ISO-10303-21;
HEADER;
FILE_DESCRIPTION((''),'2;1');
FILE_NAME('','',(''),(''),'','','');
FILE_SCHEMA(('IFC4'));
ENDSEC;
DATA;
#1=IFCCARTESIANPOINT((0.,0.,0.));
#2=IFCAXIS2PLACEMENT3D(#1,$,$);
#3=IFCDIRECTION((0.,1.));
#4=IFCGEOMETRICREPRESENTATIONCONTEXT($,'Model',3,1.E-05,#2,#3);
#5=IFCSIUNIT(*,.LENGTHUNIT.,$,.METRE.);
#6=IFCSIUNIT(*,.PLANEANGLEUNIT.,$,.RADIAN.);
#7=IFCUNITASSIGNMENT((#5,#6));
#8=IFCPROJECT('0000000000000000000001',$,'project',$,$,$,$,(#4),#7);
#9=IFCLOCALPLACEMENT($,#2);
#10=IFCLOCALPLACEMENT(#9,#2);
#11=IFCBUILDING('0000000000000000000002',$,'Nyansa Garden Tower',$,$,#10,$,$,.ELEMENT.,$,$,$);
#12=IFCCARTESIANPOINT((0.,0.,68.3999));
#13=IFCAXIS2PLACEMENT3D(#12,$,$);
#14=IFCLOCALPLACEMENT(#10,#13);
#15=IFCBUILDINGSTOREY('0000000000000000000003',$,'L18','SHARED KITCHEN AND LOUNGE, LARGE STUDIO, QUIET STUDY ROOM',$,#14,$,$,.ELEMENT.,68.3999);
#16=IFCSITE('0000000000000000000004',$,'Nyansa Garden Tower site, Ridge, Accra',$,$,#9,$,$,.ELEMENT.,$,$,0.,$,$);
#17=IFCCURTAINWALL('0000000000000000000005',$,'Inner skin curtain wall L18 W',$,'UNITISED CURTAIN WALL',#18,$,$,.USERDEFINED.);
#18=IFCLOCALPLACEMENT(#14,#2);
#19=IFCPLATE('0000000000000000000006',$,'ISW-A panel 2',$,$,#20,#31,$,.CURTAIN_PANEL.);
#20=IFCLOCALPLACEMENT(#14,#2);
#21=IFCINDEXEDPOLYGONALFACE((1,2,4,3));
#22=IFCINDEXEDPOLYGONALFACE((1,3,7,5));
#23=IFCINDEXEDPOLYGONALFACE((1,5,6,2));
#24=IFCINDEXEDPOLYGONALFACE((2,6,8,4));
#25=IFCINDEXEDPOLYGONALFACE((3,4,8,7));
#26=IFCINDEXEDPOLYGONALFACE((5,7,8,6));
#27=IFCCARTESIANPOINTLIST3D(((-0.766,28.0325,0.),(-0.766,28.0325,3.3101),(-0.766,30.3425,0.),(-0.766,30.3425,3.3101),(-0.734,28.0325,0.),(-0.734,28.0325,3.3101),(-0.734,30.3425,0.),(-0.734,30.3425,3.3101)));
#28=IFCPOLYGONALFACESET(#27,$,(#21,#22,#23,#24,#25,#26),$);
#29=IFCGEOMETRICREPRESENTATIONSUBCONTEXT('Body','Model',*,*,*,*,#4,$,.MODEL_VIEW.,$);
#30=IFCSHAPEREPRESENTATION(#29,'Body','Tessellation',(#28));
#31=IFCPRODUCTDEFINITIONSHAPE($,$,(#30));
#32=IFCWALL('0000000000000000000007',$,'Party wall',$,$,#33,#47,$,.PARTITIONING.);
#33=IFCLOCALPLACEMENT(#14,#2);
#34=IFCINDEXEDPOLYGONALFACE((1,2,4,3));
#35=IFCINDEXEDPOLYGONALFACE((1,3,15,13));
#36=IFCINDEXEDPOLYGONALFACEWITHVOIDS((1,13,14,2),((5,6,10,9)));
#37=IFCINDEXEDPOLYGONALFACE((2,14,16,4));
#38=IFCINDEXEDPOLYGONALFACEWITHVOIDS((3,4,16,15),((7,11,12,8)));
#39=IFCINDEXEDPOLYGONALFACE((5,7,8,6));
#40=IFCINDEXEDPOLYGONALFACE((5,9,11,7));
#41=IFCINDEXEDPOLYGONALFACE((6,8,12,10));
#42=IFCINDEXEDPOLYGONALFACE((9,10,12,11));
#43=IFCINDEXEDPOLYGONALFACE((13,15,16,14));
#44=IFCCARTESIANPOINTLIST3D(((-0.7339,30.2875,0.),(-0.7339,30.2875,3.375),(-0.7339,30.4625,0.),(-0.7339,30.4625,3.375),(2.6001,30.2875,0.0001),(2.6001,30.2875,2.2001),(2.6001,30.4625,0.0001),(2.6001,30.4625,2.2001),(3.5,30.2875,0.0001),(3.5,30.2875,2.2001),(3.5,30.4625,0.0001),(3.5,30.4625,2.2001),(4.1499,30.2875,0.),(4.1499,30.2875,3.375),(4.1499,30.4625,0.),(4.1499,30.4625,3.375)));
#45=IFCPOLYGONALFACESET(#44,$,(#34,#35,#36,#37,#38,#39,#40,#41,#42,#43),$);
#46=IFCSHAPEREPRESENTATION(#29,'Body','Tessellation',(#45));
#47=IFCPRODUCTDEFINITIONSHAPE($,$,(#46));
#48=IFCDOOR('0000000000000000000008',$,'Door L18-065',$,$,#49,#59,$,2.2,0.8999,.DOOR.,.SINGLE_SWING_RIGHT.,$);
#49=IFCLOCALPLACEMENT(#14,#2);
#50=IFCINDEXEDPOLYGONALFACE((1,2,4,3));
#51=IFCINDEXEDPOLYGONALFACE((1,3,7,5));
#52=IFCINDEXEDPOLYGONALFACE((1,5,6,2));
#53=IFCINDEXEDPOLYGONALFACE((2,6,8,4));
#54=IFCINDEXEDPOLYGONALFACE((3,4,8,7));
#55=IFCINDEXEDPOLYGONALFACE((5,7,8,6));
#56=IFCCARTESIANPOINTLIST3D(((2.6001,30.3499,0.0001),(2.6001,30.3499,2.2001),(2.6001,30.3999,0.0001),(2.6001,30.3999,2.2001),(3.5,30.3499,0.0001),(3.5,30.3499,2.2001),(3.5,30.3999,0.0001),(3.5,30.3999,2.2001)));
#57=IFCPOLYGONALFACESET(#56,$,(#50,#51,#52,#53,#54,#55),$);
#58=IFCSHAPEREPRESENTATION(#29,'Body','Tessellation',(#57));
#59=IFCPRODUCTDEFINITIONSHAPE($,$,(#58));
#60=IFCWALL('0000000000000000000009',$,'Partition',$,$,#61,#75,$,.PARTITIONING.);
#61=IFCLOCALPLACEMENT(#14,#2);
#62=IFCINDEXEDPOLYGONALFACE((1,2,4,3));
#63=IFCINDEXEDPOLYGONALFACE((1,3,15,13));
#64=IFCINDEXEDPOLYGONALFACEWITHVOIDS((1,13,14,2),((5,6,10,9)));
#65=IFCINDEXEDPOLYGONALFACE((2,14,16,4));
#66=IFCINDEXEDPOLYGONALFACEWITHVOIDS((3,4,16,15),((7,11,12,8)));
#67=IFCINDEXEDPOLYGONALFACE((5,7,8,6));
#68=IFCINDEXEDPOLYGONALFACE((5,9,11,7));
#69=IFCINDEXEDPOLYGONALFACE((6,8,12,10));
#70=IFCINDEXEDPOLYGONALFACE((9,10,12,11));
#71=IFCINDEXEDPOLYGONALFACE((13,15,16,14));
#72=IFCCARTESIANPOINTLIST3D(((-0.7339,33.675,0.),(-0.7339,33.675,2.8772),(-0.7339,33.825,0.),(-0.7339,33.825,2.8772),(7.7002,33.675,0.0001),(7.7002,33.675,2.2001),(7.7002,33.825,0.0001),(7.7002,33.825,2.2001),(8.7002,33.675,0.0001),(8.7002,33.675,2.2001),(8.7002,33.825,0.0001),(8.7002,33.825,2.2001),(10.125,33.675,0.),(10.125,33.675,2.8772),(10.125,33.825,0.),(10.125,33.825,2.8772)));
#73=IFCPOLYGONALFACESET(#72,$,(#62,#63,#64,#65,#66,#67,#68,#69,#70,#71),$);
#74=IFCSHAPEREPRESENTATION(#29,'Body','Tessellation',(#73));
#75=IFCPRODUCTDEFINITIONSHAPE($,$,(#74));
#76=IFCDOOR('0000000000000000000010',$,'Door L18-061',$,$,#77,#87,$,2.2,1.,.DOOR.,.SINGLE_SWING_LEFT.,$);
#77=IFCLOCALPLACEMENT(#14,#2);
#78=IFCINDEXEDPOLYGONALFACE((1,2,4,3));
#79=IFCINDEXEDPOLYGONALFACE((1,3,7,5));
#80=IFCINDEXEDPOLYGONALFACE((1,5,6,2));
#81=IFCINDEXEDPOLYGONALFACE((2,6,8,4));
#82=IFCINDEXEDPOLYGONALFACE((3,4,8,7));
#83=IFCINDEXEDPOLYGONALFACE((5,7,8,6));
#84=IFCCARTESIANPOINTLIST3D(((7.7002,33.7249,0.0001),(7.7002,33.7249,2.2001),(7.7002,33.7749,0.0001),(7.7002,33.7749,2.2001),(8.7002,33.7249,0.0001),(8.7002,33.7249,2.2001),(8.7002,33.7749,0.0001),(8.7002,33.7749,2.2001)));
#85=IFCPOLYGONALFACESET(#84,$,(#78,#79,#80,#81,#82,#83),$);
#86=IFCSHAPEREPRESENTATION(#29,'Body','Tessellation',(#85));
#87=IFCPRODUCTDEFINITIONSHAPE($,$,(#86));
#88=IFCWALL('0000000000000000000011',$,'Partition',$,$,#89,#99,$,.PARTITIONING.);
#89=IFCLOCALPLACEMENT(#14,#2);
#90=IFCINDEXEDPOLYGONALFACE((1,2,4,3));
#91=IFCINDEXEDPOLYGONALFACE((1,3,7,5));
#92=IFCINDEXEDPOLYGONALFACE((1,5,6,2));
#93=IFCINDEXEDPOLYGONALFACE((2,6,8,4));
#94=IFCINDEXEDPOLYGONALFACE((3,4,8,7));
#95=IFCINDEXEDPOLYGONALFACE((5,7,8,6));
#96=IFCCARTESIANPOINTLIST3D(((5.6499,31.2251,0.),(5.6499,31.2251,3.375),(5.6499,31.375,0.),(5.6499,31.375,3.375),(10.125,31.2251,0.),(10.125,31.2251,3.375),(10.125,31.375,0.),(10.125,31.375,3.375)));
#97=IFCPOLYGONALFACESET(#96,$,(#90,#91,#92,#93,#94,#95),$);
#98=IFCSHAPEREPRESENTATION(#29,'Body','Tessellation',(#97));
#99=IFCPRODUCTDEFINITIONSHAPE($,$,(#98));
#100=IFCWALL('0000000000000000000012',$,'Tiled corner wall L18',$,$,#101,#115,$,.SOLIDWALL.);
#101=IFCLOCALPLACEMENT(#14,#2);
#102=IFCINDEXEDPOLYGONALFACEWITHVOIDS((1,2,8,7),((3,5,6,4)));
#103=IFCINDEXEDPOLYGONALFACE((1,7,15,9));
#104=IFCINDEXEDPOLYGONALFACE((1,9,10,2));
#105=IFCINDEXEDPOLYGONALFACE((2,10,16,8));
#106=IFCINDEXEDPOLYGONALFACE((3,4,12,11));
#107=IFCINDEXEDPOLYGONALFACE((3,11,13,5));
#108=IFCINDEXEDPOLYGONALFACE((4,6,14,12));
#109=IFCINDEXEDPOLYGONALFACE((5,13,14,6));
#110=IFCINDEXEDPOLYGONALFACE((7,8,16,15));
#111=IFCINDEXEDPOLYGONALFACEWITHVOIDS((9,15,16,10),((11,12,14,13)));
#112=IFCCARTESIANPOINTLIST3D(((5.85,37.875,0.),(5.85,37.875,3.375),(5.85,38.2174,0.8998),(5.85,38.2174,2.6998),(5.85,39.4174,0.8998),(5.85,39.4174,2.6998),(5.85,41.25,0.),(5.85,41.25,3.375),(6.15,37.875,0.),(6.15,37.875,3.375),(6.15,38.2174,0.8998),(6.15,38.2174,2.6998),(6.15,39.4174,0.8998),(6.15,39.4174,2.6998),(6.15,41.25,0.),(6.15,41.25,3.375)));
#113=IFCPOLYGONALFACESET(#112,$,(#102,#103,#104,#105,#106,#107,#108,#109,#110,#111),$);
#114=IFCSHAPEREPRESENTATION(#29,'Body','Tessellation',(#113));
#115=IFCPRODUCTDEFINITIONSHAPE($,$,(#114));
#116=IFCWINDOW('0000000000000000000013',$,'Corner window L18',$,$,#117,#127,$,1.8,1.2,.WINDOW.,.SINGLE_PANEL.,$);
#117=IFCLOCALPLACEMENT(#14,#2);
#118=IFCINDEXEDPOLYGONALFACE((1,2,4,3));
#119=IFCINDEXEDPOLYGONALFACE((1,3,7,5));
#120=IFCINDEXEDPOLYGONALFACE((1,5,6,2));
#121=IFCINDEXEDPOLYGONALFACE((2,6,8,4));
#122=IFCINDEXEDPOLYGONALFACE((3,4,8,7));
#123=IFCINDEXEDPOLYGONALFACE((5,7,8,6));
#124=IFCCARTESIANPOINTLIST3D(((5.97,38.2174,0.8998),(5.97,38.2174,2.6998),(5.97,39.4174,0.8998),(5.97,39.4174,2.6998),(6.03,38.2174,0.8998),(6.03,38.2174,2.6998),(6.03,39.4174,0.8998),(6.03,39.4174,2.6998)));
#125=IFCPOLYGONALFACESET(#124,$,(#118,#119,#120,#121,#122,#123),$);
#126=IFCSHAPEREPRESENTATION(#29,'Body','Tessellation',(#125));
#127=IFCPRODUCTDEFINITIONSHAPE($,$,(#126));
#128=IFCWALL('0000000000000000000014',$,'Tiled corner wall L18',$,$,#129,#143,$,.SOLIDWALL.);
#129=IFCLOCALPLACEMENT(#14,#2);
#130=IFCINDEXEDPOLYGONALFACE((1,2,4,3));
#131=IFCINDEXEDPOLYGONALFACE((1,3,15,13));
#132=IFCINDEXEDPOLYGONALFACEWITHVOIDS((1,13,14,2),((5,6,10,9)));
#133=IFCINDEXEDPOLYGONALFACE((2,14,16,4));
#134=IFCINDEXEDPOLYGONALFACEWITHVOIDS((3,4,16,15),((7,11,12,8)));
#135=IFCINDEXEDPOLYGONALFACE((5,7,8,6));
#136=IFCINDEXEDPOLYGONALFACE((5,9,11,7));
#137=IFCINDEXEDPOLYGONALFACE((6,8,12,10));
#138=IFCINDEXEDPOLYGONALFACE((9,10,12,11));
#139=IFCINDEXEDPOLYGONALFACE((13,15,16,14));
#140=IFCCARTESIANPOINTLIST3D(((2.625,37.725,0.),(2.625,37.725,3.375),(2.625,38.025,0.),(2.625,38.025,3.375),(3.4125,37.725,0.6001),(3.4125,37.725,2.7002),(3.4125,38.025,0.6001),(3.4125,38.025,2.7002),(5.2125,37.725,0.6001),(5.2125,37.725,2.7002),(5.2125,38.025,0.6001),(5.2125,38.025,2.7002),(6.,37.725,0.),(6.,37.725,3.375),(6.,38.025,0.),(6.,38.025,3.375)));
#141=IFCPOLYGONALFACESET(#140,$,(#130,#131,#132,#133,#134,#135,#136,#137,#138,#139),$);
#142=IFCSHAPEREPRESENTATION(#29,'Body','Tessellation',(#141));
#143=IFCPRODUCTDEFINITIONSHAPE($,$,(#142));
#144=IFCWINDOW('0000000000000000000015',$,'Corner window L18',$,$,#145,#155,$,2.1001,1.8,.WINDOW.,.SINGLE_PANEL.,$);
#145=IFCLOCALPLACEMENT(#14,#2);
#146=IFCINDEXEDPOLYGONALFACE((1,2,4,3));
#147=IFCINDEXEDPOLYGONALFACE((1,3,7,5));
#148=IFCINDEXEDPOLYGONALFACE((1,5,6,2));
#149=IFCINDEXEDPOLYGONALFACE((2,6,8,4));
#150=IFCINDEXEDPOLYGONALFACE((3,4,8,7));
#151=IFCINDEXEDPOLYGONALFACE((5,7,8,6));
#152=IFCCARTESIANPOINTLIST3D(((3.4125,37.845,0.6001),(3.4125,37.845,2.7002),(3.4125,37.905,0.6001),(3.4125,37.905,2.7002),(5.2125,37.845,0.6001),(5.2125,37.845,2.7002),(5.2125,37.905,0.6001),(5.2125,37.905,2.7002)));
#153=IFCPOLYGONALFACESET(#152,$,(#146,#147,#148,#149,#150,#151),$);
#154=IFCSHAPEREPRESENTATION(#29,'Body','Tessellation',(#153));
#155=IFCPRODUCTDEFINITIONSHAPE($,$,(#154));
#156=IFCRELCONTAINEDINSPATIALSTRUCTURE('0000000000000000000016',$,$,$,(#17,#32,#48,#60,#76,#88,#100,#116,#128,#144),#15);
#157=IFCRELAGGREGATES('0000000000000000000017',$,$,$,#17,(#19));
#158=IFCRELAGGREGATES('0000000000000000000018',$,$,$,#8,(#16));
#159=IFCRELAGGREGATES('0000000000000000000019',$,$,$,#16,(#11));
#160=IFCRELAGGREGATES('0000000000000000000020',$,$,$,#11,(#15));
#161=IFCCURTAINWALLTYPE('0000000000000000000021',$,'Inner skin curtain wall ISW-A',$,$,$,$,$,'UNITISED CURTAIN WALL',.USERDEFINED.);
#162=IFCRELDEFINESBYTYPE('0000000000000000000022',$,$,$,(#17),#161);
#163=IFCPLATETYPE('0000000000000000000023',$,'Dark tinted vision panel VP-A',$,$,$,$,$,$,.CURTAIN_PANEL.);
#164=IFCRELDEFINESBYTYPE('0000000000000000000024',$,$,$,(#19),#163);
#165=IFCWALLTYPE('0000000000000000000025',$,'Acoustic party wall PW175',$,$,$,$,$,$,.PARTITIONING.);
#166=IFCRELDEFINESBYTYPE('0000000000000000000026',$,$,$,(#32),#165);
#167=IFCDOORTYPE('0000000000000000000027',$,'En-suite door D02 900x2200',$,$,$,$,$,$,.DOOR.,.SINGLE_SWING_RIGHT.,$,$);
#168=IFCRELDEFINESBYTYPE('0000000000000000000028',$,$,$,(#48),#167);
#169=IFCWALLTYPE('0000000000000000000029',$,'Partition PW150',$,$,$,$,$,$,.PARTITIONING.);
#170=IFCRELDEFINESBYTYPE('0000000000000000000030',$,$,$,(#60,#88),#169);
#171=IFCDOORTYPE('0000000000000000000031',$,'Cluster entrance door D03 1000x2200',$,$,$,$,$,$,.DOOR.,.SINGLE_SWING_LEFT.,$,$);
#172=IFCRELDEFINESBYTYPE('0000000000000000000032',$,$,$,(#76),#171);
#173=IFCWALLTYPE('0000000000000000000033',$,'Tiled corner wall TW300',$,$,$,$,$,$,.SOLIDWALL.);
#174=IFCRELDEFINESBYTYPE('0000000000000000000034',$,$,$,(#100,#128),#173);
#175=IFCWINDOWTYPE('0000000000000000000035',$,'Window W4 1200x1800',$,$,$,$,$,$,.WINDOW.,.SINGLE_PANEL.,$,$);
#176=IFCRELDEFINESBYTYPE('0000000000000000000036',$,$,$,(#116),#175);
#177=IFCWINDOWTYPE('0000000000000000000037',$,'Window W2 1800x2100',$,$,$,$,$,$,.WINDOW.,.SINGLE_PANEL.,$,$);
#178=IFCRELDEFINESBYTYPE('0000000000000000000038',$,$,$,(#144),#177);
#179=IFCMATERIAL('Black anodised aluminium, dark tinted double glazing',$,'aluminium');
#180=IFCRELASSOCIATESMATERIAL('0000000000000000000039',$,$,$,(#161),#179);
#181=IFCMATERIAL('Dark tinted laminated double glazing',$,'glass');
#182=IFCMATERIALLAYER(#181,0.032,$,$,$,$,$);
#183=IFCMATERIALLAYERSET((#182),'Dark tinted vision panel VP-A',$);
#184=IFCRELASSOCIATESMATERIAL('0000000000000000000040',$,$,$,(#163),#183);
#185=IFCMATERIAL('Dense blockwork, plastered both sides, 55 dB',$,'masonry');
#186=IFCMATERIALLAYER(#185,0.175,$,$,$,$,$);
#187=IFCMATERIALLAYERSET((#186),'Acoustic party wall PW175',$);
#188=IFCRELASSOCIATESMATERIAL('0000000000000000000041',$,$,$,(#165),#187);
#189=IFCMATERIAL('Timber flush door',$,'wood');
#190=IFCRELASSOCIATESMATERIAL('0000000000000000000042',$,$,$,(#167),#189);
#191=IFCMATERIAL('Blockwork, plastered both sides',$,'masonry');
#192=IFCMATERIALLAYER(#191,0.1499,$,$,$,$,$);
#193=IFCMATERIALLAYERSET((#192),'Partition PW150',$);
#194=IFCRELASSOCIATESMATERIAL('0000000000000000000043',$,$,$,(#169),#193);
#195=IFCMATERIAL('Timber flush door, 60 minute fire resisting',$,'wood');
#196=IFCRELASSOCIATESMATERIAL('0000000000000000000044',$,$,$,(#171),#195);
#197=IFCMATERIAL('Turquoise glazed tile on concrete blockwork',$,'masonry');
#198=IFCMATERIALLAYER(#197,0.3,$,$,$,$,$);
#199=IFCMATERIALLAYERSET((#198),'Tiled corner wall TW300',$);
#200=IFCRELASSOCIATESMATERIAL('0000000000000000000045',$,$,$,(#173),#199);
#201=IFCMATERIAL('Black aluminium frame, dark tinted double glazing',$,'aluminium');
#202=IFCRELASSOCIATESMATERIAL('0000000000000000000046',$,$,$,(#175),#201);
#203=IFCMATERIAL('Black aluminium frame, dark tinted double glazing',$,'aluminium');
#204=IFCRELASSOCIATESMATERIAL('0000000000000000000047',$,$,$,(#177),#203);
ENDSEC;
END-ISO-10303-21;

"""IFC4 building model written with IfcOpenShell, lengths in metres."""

from ifc_helpers import new_model, si_unit, direction, frame, frame_2d, origin, origin_2d, place, context, subcontext, project, spatial, rectangle, extrude, material, layer, layer_set, type_object, element, fill, aggregate, save


model = new_model("IFC4")

# Units and contexts
model_context = context("Model", 3, precision=1e-05, world=origin(), true_north=direction((0.0, 1.0)))
body_context = subcontext(model_context, "Body", "Model", "MODEL_VIEW")
ifc_project = project(units=[si_unit("LENGTHUNIT", "METRE"), si_unit("PLANEANGLEUNIT", "RADIAN")], contexts=[model_context])

# Site, building, storey
site_placement = place(None, origin())
site = spatial("IfcSite", under=ifc_project, at=site_placement, Name="Nyansa Garden Tower site, Ridge, Accra", CompositionType="ELEMENT", RefElevation=0.0)
building_placement = place(site_placement, origin())
building = spatial("IfcBuilding", under=site, at=building_placement, Name="Nyansa Garden Tower", CompositionType="ELEMENT")
storey_placement = place(building_placement, frame((0.0, 0.0, 68.3999)))
storey = spatial("IfcBuildingStorey", under=building, at=storey_placement, Name="L18", Description="SHARED KITCHEN AND LOUNGE, LARGE STUDIO, QUIET STUDY ROOM", CompositionType="ELEMENT", Elevation=68.3999)

# Curtain wall
ifc_material_1 = material(Name="Black anodised aluminium, dark tinted double glazing", Category="aluminium")
curtain_wall_type = type_object("IfcCurtainWallType", Name="Inner skin curtain wall ISW-A", ElementType="UNITISED CURTAIN WALL", PredefinedType="USERDEFINED", material=ifc_material_1)
curtain_wall_placement = place(storey_placement, origin())
curtain_wall = element("IfcCurtainWall", 1, at=curtain_wall_placement, inside=storey, type_object=curtain_wall_type, Name="Inner skin curtain wall L18 W", ObjectType="UNITISED CURTAIN WALL", PredefinedType="USERDEFINED")

# Plate
ifc_material_2 = material(Name="Dark tinted laminated double glazing", Category="glass")
ifc_layer_1 = layer(ifc_material_2, 0.032)
ifc_layer_set_1 = layer_set([ifc_layer_1], Name="Dark tinted vision panel VP-A")
plate_type = type_object("IfcPlateType", Name="Dark tinted vision panel VP-A", PredefinedType="CURTAIN_PANEL", material=ifc_layer_set_1)
plate_1_placement = place(storey_placement, frame((-0.75, 29.1875, 0.0), z_axis=(0.0, 0.0, 1.0), x_axis=(0.0, -1.0, 0.0)))
plate_1 = element("IfcPlate", 2, at=plate_1_placement, type_object=plate_type, Name="ISW-A panel 2", PredefinedType="CURTAIN_PANEL", context=body_context, shape_type="SweptSolid", body=[
    extrude(rectangle(XDim=2.3101, YDim=0.032, at=origin_2d()), origin(), (0.0, 0.0, 1.0), 3.3101),
])
aggregate(curtain_wall, [plate_1])

# Walls, openings, doors
ifc_material_3 = material(Name="Dense blockwork, plastered both sides, 55 dB", Category="masonry")
ifc_layer_2 = layer(ifc_material_3, 0.175)
ifc_layer_set_2 = layer_set([ifc_layer_2], Name="Acoustic party wall PW175")
wall_type_1 = type_object("IfcWallType", Name="Acoustic party wall PW175", PredefinedType="PARTITIONING", material=ifc_layer_set_2)
wall_1_placement = place(storey_placement, frame((-0.7339, 30.375, 0.0), z_axis=(0.0, 0.0, 1.0), x_axis=(1.0, 0.0, 0.0)))
wall_1 = element("IfcWall", 3, at=wall_1_placement, inside=storey, type_object=wall_type_1, Name="Party wall", PredefinedType="PARTITIONING", context=body_context, shape_type="SweptSolid", body=[
    extrude(rectangle(XDim=4.8838, YDim=0.175, at=frame_2d((2.4419, 0.0))), origin(), (0.0, 0.0, 1.0), 3.375),
])
opening_1_placement = place(wall_1_placement, frame((3.334, 0.0, 0.0)))
opening_1 = element("IfcOpeningElement", 4, at=opening_1_placement, cuts=wall_1, PredefinedType="OPENING", context=body_context, shape_type="SweptSolid", body=[
    extrude(rectangle(XDim=0.8999, YDim=2.2, at=frame_2d((0.45, 1.1001))), frame((0.0, 0.0974, 0.0), z_axis=(0.0, -1.0, 0.0), x_axis=(1.0, 0.0, 0.0)), (0.0, 0.0, 1.0), 0.1951),
])
ifc_material_4 = material(Name="Timber flush door", Category="wood")
door_type_1 = type_object("IfcDoorType", Name="En-suite door D02 900x2200", OperationType="SINGLE_SWING_RIGHT", PredefinedType="DOOR", material=ifc_material_4)
door_1_placement = place(opening_1_placement, origin())
door_1 = element("IfcDoor", 5, at=door_1_placement, inside=storey, type_object=door_type_1, Name="Door L18-065", OperationType="SINGLE_SWING_RIGHT", OverallHeight=2.2, OverallWidth=0.8999, PredefinedType="DOOR", context=body_context, shape_type="SweptSolid", body=[
    extrude(rectangle(XDim=0.8999, YDim=2.2, at=frame_2d((0.45, 1.1001))), frame((0.0, 0.0249, 0.0), z_axis=(0.0, -1.0, 0.0), x_axis=(1.0, 0.0, 0.0)), (0.0, 0.0, 1.0), 0.05),
])
fill(opening_1, door_1)
ifc_material_5 = material(Name="Blockwork, plastered both sides", Category="masonry")
ifc_layer_3 = layer(ifc_material_5, 0.1499)
ifc_layer_set_3 = layer_set([ifc_layer_3], Name="Partition PW150")
wall_type_2 = type_object("IfcWallType", Name="Partition PW150", PredefinedType="PARTITIONING", material=ifc_layer_set_3)
wall_2_placement = place(storey_placement, frame((-0.7339, 33.75, 0.0), z_axis=(0.0, 0.0, 1.0), x_axis=(1.0, 0.0, 0.0)))
wall_2 = element("IfcWall", 6, at=wall_2_placement, inside=storey, type_object=wall_type_2, Name="Partition", PredefinedType="PARTITIONING", context=body_context, shape_type="SweptSolid", body=[
    extrude(rectangle(XDim=10.8589, YDim=0.1499, at=frame_2d((5.4294, 0.0))), origin(), (0.0, 0.0, 1.0), 2.8772),
])
opening_2_placement = place(wall_2_placement, frame((8.4341, 0.0, 0.0)))
opening_2 = element("IfcOpeningElement", 7, at=opening_2_placement, cuts=wall_2, PredefinedType="OPENING", context=body_context, shape_type="SweptSolid", body=[
    extrude(rectangle(XDim=1.0, YDim=2.2, at=frame_2d((0.5, 1.1001))), frame((0.0, 0.085, 0.0), z_axis=(0.0, -1.0, 0.0), x_axis=(1.0, 0.0, 0.0)), (0.0, 0.0, 1.0), 0.1699),
])
ifc_material_6 = material(Name="Timber flush door, 60 minute fire resisting", Category="wood")
door_type_2 = type_object("IfcDoorType", Name="Cluster entrance door D03 1000x2200", OperationType="SINGLE_SWING_LEFT", PredefinedType="DOOR", material=ifc_material_6)
door_2_placement = place(opening_2_placement, origin())
door_2 = element("IfcDoor", 8, at=door_2_placement, inside=storey, type_object=door_type_2, Name="Door L18-061", OperationType="SINGLE_SWING_LEFT", OverallHeight=2.2, OverallWidth=1.0, PredefinedType="DOOR", context=body_context, shape_type="SweptSolid", body=[
    extrude(rectangle(XDim=1.0, YDim=2.2, at=frame_2d((0.5, 1.1001))), frame((0.0, 0.0249, 0.0), z_axis=(0.0, -1.0, 0.0), x_axis=(1.0, 0.0, 0.0)), (0.0, 0.0, 1.0), 0.05),
])
fill(opening_2, door_2)

# Wall
wall_3_placement = place(storey_placement, frame((5.6499, 31.3, 0.0), z_axis=(0.0, 0.0, 1.0), x_axis=(1.0, 0.0, 0.0)))
element("IfcWall", 9, at=wall_3_placement, inside=storey, type_object=wall_type_2, Name="Partition", PredefinedType="PARTITIONING", context=body_context, shape_type="SweptSolid", body=[
    extrude(rectangle(XDim=4.4751, YDim=0.1499, at=frame_2d((2.2375, 0.0))), origin(), (0.0, 0.0, 1.0), 3.375),
])

# Walls, openings, windows
ifc_material_7 = material(Name="Turquoise glazed tile on concrete blockwork", Category="masonry")
ifc_layer_4 = layer(ifc_material_7, 0.3)
ifc_layer_set_4 = layer_set([ifc_layer_4], Name="Tiled corner wall TW300")
wall_type_3 = type_object("IfcWallType", Name="Tiled corner wall TW300", PredefinedType="SOLIDWALL", material=ifc_layer_set_4)
wall_4_placement = place(storey_placement, frame((6.0, 41.25, 0.0), z_axis=(0.0, 0.0, 1.0), x_axis=(0.0, -1.0, 0.0)))
wall_4 = element("IfcWall", 10, at=wall_4_placement, inside=storey, type_object=wall_type_3, Name="Tiled corner wall L18", PredefinedType="SOLIDWALL", context=body_context, shape_type="SweptSolid", body=[
    extrude(rectangle(XDim=3.375, YDim=0.3, at=frame_2d((1.6875, 0.0))), origin(), (0.0, 0.0, 1.0), 3.375),
])
opening_3_placement = place(wall_4_placement, frame((1.8325, 0.0, 0.8999)))
opening_3 = element("IfcOpeningElement", 11, at=opening_3_placement, cuts=wall_4, PredefinedType="OPENING", context=body_context, shape_type="SweptSolid", body=[
    extrude(rectangle(XDim=1.2, YDim=1.8, at=frame_2d((0.6001, 0.8999))), frame((0.0, 0.1599, 0.0), z_axis=(0.0, -1.0, 0.0), x_axis=(1.0, 0.0, 0.0)), (0.0, 0.0, 1.0), 0.3201),
])
ifc_material_8 = material(Name="Black aluminium frame, dark tinted double glazing", Category="aluminium")
window_type_1 = type_object("IfcWindowType", Name="Window W4 1200x1800", PartitioningType="SINGLE_PANEL", PredefinedType="WINDOW", material=ifc_material_8)
window_1_placement = place(opening_3_placement, origin())
window_1 = element("IfcWindow", 12, at=window_1_placement, inside=storey, type_object=window_type_1, Name="Corner window L18", OverallHeight=1.8, OverallWidth=1.2, PartitioningType="SINGLE_PANEL", PredefinedType="WINDOW", context=body_context, shape_type="SweptSolid", body=[
    extrude(rectangle(XDim=1.2, YDim=1.8, at=frame_2d((0.6001, 0.8999))), frame((0.0, 0.03, 0.0), z_axis=(0.0, -1.0, 0.0), x_axis=(1.0, 0.0, 0.0)), (0.0, 0.0, 1.0), 0.0601),
])
fill(opening_3, window_1)
wall_5_placement = place(storey_placement, frame((6.0, 37.875, 0.0), z_axis=(0.0, 0.0, 1.0), x_axis=(-1.0, 0.0, 0.0)))
wall_5 = element("IfcWall", 13, at=wall_5_placement, inside=storey, type_object=wall_type_3, Name="Tiled corner wall L18", PredefinedType="SOLIDWALL", context=body_context, shape_type="SweptSolid", body=[
    extrude(rectangle(XDim=3.375, YDim=0.3, at=frame_2d((1.6875, 0.0))), origin(), (0.0, 0.0, 1.0), 3.375),
])
opening_4_placement = place(wall_5_placement, frame((0.7876, 0.0, 0.6001)))
opening_4 = element("IfcOpeningElement", 14, at=opening_4_placement, cuts=wall_5, PredefinedType="OPENING", context=body_context, shape_type="SweptSolid", body=[
    extrude(rectangle(XDim=1.8, YDim=2.1001, at=frame_2d((0.8999, 1.05))), frame((0.0, 0.1599, 0.0), z_axis=(0.0, -1.0, 0.0), x_axis=(1.0, 0.0, 0.0)), (0.0, 0.0, 1.0), 0.3201),
])
ifc_material_9 = material(Name="Black aluminium frame, dark tinted double glazing", Category="aluminium")
window_type_2 = type_object("IfcWindowType", Name="Window W2 1800x2100", PartitioningType="SINGLE_PANEL", PredefinedType="WINDOW", material=ifc_material_9)
window_2_placement = place(opening_4_placement, origin())
window_2 = element("IfcWindow", 15, at=window_2_placement, inside=storey, type_object=window_type_2, Name="Corner window L18", OverallHeight=2.1001, OverallWidth=1.8, PartitioningType="SINGLE_PANEL", PredefinedType="WINDOW", context=body_context, shape_type="SweptSolid", body=[
    extrude(rectangle(XDim=1.8, YDim=2.1001, at=frame_2d((0.8999, 1.05))), frame((0.0, 0.03, 0.0), z_axis=(0.0, -1.0, 0.0), x_axis=(1.0, 0.0, 0.0)), (0.0, 0.0, 1.0), 0.0601),
])
fill(opening_4, window_2)

save(model, "model.ifc")
